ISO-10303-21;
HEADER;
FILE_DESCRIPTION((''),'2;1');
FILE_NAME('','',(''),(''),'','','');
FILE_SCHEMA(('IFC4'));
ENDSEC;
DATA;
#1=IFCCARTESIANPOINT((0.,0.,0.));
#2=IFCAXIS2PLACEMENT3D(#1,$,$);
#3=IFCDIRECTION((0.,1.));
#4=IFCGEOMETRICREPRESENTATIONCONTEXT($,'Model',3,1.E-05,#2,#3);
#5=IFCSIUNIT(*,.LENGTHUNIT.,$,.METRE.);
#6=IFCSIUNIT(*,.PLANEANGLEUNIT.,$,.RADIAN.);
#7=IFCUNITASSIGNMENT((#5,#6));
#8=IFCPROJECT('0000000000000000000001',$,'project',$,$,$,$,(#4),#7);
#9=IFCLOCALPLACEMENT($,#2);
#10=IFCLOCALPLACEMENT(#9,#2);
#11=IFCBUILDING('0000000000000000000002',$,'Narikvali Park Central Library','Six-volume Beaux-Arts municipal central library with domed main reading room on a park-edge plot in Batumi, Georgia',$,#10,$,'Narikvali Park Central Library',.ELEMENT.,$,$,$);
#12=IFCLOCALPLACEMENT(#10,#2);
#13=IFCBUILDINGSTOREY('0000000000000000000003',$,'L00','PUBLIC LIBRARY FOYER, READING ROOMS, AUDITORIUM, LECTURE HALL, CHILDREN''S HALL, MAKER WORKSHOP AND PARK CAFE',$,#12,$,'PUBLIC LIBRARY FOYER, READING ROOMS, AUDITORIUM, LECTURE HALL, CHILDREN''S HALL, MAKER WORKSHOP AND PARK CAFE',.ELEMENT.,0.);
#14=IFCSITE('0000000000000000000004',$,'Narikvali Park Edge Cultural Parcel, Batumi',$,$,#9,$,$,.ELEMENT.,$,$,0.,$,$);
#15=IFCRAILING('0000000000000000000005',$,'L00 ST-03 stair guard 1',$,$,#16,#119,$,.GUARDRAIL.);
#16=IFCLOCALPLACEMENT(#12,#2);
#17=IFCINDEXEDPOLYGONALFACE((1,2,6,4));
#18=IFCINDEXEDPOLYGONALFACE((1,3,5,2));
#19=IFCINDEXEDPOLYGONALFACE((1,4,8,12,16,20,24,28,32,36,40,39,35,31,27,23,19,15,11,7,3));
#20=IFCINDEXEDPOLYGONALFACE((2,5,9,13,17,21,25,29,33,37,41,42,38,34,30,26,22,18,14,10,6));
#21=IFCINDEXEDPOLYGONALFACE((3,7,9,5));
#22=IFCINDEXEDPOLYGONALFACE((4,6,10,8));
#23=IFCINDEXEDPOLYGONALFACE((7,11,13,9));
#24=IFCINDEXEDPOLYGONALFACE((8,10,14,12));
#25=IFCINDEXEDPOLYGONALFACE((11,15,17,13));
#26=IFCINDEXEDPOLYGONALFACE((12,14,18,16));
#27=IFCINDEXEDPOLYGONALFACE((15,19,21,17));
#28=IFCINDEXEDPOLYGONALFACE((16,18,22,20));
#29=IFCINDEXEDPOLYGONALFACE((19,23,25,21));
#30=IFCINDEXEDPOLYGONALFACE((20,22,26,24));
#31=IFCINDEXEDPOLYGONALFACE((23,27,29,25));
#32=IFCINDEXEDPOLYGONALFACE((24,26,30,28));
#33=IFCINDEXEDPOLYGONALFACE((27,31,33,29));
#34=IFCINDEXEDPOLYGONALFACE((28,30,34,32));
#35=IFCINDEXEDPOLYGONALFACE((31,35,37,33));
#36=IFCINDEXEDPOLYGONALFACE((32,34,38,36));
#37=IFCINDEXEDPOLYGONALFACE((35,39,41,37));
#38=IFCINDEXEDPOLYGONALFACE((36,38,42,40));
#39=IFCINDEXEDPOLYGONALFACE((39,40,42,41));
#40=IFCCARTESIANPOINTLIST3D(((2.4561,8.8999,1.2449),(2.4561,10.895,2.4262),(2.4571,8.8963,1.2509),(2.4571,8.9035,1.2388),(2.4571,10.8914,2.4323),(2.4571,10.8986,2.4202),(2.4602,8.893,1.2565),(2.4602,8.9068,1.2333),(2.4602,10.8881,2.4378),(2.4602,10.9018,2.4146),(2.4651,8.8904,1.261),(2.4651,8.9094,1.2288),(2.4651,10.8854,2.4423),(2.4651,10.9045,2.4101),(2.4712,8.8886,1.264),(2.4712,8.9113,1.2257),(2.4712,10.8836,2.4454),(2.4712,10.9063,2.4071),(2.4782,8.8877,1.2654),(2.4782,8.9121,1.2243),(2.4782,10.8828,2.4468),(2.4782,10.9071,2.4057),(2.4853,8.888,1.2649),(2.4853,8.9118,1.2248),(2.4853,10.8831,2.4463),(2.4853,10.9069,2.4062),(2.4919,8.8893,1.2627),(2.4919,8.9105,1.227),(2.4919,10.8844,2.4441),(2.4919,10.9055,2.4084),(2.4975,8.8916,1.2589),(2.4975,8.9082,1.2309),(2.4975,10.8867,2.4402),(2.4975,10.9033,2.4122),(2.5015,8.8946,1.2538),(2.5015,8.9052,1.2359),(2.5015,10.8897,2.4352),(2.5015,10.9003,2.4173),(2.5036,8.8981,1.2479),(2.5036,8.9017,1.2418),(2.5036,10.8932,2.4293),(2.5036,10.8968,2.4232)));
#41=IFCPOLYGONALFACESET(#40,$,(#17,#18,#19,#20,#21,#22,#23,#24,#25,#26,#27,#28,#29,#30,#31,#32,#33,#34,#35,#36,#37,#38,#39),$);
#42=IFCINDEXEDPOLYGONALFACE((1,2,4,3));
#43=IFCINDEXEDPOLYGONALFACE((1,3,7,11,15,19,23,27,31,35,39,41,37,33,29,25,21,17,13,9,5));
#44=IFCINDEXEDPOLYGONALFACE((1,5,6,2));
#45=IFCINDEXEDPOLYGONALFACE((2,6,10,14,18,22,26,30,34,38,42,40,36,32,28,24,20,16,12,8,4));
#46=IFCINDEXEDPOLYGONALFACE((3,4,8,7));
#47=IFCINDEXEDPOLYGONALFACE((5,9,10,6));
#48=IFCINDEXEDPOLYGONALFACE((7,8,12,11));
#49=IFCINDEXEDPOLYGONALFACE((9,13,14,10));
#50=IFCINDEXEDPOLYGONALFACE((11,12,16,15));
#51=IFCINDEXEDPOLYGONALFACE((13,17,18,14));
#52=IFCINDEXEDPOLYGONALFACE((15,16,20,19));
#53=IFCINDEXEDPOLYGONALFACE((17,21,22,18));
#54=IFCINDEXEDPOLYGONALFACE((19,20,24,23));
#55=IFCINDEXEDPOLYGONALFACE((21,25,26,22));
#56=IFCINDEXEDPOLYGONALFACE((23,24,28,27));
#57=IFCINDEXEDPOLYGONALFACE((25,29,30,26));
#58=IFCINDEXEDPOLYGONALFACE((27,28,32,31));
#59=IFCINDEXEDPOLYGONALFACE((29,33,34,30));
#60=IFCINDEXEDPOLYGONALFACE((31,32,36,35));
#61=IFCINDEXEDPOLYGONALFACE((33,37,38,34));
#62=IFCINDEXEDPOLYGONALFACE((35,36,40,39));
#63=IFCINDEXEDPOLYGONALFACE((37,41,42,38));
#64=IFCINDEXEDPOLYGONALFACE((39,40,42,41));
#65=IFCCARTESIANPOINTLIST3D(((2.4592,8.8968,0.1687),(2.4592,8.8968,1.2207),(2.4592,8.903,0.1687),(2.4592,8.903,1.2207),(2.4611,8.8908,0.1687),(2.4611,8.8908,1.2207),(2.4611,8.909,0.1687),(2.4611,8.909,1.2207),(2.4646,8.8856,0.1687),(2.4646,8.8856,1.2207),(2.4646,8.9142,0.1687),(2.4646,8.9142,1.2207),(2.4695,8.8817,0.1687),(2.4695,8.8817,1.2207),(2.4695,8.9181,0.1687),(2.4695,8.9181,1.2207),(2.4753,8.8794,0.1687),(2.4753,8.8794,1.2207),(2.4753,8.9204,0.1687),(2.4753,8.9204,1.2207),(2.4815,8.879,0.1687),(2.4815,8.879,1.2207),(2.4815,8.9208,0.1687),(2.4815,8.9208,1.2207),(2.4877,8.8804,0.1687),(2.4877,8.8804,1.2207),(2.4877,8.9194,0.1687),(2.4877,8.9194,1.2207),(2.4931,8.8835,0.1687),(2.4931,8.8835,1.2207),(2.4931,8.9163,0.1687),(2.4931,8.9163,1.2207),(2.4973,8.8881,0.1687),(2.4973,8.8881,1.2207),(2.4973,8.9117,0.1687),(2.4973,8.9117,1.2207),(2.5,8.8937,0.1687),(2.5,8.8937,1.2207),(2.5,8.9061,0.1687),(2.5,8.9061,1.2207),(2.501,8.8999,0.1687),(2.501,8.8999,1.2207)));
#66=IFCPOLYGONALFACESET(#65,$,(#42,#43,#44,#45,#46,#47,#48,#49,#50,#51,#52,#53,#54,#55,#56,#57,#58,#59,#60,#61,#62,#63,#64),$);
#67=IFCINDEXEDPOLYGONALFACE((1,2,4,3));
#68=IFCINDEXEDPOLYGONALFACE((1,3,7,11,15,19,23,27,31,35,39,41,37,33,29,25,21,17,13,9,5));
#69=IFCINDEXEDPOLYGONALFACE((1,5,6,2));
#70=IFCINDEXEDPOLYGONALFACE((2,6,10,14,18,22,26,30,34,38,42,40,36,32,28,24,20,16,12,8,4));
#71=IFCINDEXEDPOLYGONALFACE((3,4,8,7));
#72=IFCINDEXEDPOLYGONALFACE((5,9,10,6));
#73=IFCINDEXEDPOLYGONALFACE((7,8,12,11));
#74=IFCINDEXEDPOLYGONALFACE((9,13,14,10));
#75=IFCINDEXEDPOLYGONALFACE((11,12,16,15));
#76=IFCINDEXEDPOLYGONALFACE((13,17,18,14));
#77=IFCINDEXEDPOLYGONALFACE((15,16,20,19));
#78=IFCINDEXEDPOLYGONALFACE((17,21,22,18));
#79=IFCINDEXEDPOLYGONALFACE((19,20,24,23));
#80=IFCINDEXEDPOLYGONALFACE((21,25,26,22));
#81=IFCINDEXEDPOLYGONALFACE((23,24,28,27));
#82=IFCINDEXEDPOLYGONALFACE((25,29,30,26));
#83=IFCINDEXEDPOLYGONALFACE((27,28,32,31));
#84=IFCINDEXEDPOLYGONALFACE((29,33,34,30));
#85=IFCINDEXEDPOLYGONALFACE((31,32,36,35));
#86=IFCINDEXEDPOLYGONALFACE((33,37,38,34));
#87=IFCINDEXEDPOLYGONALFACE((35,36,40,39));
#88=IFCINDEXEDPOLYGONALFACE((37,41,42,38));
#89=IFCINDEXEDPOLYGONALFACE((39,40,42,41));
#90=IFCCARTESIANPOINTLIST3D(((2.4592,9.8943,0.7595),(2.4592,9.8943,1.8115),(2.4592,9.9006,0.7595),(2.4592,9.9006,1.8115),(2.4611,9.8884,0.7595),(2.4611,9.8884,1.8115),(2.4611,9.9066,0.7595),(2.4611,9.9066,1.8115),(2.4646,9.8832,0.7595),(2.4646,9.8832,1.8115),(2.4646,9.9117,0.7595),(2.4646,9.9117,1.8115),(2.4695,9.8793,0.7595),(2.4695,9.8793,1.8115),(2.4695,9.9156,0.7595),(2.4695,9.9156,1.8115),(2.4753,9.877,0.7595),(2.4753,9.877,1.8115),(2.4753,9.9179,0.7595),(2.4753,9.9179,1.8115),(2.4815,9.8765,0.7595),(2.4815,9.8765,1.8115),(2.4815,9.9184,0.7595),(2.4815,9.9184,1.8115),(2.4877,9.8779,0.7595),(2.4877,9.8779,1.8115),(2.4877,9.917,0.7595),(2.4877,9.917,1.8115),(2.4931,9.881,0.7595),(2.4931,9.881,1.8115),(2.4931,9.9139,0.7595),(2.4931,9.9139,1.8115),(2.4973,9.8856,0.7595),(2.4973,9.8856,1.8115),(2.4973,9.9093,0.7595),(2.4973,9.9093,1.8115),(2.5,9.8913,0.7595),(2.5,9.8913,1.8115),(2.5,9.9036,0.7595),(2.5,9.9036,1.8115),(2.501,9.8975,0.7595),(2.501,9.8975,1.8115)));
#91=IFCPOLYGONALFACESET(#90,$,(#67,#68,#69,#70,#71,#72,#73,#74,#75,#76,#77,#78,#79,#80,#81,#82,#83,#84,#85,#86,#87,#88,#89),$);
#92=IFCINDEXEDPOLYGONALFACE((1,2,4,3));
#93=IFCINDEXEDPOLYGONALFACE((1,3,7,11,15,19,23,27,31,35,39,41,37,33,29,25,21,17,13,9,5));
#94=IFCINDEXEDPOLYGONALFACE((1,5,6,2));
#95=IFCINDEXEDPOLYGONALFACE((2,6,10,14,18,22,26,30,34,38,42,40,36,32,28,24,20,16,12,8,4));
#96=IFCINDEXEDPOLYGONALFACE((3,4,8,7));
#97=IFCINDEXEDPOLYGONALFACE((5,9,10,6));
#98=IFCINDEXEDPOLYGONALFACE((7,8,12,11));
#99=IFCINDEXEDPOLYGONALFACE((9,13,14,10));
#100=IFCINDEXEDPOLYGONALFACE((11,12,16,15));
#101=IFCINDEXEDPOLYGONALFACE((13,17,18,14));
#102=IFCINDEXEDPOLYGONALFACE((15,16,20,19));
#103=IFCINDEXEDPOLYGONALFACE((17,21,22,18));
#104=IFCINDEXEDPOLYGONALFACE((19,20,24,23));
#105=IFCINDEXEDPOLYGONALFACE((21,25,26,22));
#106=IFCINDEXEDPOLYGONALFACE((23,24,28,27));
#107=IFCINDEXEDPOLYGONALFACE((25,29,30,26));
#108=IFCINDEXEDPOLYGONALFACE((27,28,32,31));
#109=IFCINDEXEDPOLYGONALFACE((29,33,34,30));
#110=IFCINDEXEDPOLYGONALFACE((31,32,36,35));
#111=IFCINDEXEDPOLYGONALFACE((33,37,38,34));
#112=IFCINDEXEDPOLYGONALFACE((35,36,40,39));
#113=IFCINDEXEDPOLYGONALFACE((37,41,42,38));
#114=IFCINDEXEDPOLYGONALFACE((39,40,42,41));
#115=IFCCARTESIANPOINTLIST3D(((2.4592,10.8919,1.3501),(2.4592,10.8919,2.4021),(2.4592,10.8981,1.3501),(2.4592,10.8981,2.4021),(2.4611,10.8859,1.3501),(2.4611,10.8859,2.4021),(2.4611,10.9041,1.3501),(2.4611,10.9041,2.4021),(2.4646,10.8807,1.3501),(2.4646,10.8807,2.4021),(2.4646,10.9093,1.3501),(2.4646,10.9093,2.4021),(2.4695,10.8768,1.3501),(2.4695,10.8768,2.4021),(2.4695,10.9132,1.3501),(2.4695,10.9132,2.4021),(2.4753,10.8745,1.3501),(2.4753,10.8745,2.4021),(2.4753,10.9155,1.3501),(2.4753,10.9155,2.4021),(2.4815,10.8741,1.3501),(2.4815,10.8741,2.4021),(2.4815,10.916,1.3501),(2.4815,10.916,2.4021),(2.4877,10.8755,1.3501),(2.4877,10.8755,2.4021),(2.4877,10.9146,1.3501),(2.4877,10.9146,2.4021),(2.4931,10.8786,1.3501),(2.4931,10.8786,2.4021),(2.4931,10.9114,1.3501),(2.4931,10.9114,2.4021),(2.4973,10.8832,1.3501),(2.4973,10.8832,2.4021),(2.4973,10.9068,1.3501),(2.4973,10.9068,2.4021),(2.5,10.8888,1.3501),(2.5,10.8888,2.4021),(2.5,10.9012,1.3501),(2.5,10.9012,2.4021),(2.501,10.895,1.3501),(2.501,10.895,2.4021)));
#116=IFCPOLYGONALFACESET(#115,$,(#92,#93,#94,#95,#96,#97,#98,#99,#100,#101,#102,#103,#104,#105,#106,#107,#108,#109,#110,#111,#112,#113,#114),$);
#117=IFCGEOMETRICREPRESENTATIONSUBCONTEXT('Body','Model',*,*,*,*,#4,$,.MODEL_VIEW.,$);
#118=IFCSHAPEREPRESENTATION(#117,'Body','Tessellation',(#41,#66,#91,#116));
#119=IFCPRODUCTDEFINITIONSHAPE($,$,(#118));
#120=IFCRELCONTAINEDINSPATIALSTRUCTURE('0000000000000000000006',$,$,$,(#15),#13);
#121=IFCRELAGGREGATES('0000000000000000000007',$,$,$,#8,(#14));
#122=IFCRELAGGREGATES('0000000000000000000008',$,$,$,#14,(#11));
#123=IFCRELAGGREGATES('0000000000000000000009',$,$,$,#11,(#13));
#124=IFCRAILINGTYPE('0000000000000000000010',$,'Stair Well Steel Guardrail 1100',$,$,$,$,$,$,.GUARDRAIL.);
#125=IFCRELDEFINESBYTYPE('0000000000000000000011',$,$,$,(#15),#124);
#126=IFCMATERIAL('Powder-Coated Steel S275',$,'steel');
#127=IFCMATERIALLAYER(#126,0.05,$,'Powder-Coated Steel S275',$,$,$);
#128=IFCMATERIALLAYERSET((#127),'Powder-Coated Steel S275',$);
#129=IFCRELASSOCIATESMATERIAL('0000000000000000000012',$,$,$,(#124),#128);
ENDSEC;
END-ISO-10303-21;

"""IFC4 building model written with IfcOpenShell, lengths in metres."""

from ifc_helpers import new_model, si_unit, direction, frame, origin, origin_2d, place, context, subcontext, project, spatial, circle, extrude, material, layer, layer_set, type_object, element, save


model = new_model("IFC4")

# Units and contexts
model_context = context("Model", 3, precision=1e-05, world=origin(), true_north=direction((0.0, 1.0)))
body_context = subcontext(model_context, "Body", "Model", "MODEL_VIEW")
ifc_project = project(units=[si_unit("LENGTHUNIT", "METRE"), si_unit("PLANEANGLEUNIT", "RADIAN")], contexts=[model_context])

# Site, building, storey
site_placement = place(None, origin())
site = spatial("IfcSite", under=ifc_project, at=site_placement, Name="Narikvali Park Edge Cultural Parcel, Batumi", CompositionType="ELEMENT", RefElevation=0.0)
building_placement = place(site_placement, origin())
building = spatial("IfcBuilding", under=site, at=building_placement, Name="Narikvali Park Central Library", Description="Six-volume Beaux-Arts municipal central library with domed main reading room on a park-edge plot in Batumi, Georgia", LongName="Narikvali Park Central Library", CompositionType="ELEMENT")
storey_placement = place(building_placement, origin())
storey = spatial("IfcBuildingStorey", under=building, at=storey_placement, Name="L00", Description="PUBLIC LIBRARY FOYER, READING ROOMS, AUDITORIUM, LECTURE HALL, CHILDREN'S HALL, MAKER WORKSHOP AND PARK CAFE", LongName="PUBLIC LIBRARY FOYER, READING ROOMS, AUDITORIUM, LECTURE HALL, CHILDREN'S HALL, MAKER WORKSHOP AND PARK CAFE", CompositionType="ELEMENT", Elevation=0.0)

# Railing
ifc_material_1 = material(Name="Powder-Coated Steel S275", Category="steel")
ifc_layer_1 = layer(ifc_material_1, 0.05, Name="Powder-Coated Steel S275")
ifc_layer_set_1 = layer_set([ifc_layer_1], Name="Powder-Coated Steel S275")
railing_type_1 = type_object("IfcRailingType", Name="Stair Well Steel Guardrail 1100", PredefinedType="GUARDRAIL", material=ifc_layer_set_1)
railing_1_placement = place(storey_placement, frame((2.48, 8.8999, 0.1687)))
element("IfcRailing", 1, at=railing_1_placement, inside=storey, type_object=railing_type_1, Name="L00 ST-03 stair guard 1", PredefinedType="GUARDRAIL", context=body_context, shape_type="SweptSolid", body=[
    extrude(circle(Radius=0.0239, at=origin_2d()), frame((0.0, 0.0, 1.0762), z_axis=(0.0, 0.860461, 0.509517), x_axis=(-1.0, 0.0, 0.0)), (0.0, 0.0, 1.0), 2.3186),
    extrude(circle(Radius=0.021, at=origin_2d()), origin(), (0.0, 0.0, 1.0), 1.052),
    extrude(circle(Radius=0.021, at=origin_2d()), frame((0.0, 0.9976, 0.5908)), (0.0, 0.0, 1.0), 1.052),
    extrude(circle(Radius=0.021, at=origin_2d()), frame((0.0, 1.9951, 1.1814)), (0.0, 0.0, 1.0), 1.052),
])

save(model, "model.ifc")
